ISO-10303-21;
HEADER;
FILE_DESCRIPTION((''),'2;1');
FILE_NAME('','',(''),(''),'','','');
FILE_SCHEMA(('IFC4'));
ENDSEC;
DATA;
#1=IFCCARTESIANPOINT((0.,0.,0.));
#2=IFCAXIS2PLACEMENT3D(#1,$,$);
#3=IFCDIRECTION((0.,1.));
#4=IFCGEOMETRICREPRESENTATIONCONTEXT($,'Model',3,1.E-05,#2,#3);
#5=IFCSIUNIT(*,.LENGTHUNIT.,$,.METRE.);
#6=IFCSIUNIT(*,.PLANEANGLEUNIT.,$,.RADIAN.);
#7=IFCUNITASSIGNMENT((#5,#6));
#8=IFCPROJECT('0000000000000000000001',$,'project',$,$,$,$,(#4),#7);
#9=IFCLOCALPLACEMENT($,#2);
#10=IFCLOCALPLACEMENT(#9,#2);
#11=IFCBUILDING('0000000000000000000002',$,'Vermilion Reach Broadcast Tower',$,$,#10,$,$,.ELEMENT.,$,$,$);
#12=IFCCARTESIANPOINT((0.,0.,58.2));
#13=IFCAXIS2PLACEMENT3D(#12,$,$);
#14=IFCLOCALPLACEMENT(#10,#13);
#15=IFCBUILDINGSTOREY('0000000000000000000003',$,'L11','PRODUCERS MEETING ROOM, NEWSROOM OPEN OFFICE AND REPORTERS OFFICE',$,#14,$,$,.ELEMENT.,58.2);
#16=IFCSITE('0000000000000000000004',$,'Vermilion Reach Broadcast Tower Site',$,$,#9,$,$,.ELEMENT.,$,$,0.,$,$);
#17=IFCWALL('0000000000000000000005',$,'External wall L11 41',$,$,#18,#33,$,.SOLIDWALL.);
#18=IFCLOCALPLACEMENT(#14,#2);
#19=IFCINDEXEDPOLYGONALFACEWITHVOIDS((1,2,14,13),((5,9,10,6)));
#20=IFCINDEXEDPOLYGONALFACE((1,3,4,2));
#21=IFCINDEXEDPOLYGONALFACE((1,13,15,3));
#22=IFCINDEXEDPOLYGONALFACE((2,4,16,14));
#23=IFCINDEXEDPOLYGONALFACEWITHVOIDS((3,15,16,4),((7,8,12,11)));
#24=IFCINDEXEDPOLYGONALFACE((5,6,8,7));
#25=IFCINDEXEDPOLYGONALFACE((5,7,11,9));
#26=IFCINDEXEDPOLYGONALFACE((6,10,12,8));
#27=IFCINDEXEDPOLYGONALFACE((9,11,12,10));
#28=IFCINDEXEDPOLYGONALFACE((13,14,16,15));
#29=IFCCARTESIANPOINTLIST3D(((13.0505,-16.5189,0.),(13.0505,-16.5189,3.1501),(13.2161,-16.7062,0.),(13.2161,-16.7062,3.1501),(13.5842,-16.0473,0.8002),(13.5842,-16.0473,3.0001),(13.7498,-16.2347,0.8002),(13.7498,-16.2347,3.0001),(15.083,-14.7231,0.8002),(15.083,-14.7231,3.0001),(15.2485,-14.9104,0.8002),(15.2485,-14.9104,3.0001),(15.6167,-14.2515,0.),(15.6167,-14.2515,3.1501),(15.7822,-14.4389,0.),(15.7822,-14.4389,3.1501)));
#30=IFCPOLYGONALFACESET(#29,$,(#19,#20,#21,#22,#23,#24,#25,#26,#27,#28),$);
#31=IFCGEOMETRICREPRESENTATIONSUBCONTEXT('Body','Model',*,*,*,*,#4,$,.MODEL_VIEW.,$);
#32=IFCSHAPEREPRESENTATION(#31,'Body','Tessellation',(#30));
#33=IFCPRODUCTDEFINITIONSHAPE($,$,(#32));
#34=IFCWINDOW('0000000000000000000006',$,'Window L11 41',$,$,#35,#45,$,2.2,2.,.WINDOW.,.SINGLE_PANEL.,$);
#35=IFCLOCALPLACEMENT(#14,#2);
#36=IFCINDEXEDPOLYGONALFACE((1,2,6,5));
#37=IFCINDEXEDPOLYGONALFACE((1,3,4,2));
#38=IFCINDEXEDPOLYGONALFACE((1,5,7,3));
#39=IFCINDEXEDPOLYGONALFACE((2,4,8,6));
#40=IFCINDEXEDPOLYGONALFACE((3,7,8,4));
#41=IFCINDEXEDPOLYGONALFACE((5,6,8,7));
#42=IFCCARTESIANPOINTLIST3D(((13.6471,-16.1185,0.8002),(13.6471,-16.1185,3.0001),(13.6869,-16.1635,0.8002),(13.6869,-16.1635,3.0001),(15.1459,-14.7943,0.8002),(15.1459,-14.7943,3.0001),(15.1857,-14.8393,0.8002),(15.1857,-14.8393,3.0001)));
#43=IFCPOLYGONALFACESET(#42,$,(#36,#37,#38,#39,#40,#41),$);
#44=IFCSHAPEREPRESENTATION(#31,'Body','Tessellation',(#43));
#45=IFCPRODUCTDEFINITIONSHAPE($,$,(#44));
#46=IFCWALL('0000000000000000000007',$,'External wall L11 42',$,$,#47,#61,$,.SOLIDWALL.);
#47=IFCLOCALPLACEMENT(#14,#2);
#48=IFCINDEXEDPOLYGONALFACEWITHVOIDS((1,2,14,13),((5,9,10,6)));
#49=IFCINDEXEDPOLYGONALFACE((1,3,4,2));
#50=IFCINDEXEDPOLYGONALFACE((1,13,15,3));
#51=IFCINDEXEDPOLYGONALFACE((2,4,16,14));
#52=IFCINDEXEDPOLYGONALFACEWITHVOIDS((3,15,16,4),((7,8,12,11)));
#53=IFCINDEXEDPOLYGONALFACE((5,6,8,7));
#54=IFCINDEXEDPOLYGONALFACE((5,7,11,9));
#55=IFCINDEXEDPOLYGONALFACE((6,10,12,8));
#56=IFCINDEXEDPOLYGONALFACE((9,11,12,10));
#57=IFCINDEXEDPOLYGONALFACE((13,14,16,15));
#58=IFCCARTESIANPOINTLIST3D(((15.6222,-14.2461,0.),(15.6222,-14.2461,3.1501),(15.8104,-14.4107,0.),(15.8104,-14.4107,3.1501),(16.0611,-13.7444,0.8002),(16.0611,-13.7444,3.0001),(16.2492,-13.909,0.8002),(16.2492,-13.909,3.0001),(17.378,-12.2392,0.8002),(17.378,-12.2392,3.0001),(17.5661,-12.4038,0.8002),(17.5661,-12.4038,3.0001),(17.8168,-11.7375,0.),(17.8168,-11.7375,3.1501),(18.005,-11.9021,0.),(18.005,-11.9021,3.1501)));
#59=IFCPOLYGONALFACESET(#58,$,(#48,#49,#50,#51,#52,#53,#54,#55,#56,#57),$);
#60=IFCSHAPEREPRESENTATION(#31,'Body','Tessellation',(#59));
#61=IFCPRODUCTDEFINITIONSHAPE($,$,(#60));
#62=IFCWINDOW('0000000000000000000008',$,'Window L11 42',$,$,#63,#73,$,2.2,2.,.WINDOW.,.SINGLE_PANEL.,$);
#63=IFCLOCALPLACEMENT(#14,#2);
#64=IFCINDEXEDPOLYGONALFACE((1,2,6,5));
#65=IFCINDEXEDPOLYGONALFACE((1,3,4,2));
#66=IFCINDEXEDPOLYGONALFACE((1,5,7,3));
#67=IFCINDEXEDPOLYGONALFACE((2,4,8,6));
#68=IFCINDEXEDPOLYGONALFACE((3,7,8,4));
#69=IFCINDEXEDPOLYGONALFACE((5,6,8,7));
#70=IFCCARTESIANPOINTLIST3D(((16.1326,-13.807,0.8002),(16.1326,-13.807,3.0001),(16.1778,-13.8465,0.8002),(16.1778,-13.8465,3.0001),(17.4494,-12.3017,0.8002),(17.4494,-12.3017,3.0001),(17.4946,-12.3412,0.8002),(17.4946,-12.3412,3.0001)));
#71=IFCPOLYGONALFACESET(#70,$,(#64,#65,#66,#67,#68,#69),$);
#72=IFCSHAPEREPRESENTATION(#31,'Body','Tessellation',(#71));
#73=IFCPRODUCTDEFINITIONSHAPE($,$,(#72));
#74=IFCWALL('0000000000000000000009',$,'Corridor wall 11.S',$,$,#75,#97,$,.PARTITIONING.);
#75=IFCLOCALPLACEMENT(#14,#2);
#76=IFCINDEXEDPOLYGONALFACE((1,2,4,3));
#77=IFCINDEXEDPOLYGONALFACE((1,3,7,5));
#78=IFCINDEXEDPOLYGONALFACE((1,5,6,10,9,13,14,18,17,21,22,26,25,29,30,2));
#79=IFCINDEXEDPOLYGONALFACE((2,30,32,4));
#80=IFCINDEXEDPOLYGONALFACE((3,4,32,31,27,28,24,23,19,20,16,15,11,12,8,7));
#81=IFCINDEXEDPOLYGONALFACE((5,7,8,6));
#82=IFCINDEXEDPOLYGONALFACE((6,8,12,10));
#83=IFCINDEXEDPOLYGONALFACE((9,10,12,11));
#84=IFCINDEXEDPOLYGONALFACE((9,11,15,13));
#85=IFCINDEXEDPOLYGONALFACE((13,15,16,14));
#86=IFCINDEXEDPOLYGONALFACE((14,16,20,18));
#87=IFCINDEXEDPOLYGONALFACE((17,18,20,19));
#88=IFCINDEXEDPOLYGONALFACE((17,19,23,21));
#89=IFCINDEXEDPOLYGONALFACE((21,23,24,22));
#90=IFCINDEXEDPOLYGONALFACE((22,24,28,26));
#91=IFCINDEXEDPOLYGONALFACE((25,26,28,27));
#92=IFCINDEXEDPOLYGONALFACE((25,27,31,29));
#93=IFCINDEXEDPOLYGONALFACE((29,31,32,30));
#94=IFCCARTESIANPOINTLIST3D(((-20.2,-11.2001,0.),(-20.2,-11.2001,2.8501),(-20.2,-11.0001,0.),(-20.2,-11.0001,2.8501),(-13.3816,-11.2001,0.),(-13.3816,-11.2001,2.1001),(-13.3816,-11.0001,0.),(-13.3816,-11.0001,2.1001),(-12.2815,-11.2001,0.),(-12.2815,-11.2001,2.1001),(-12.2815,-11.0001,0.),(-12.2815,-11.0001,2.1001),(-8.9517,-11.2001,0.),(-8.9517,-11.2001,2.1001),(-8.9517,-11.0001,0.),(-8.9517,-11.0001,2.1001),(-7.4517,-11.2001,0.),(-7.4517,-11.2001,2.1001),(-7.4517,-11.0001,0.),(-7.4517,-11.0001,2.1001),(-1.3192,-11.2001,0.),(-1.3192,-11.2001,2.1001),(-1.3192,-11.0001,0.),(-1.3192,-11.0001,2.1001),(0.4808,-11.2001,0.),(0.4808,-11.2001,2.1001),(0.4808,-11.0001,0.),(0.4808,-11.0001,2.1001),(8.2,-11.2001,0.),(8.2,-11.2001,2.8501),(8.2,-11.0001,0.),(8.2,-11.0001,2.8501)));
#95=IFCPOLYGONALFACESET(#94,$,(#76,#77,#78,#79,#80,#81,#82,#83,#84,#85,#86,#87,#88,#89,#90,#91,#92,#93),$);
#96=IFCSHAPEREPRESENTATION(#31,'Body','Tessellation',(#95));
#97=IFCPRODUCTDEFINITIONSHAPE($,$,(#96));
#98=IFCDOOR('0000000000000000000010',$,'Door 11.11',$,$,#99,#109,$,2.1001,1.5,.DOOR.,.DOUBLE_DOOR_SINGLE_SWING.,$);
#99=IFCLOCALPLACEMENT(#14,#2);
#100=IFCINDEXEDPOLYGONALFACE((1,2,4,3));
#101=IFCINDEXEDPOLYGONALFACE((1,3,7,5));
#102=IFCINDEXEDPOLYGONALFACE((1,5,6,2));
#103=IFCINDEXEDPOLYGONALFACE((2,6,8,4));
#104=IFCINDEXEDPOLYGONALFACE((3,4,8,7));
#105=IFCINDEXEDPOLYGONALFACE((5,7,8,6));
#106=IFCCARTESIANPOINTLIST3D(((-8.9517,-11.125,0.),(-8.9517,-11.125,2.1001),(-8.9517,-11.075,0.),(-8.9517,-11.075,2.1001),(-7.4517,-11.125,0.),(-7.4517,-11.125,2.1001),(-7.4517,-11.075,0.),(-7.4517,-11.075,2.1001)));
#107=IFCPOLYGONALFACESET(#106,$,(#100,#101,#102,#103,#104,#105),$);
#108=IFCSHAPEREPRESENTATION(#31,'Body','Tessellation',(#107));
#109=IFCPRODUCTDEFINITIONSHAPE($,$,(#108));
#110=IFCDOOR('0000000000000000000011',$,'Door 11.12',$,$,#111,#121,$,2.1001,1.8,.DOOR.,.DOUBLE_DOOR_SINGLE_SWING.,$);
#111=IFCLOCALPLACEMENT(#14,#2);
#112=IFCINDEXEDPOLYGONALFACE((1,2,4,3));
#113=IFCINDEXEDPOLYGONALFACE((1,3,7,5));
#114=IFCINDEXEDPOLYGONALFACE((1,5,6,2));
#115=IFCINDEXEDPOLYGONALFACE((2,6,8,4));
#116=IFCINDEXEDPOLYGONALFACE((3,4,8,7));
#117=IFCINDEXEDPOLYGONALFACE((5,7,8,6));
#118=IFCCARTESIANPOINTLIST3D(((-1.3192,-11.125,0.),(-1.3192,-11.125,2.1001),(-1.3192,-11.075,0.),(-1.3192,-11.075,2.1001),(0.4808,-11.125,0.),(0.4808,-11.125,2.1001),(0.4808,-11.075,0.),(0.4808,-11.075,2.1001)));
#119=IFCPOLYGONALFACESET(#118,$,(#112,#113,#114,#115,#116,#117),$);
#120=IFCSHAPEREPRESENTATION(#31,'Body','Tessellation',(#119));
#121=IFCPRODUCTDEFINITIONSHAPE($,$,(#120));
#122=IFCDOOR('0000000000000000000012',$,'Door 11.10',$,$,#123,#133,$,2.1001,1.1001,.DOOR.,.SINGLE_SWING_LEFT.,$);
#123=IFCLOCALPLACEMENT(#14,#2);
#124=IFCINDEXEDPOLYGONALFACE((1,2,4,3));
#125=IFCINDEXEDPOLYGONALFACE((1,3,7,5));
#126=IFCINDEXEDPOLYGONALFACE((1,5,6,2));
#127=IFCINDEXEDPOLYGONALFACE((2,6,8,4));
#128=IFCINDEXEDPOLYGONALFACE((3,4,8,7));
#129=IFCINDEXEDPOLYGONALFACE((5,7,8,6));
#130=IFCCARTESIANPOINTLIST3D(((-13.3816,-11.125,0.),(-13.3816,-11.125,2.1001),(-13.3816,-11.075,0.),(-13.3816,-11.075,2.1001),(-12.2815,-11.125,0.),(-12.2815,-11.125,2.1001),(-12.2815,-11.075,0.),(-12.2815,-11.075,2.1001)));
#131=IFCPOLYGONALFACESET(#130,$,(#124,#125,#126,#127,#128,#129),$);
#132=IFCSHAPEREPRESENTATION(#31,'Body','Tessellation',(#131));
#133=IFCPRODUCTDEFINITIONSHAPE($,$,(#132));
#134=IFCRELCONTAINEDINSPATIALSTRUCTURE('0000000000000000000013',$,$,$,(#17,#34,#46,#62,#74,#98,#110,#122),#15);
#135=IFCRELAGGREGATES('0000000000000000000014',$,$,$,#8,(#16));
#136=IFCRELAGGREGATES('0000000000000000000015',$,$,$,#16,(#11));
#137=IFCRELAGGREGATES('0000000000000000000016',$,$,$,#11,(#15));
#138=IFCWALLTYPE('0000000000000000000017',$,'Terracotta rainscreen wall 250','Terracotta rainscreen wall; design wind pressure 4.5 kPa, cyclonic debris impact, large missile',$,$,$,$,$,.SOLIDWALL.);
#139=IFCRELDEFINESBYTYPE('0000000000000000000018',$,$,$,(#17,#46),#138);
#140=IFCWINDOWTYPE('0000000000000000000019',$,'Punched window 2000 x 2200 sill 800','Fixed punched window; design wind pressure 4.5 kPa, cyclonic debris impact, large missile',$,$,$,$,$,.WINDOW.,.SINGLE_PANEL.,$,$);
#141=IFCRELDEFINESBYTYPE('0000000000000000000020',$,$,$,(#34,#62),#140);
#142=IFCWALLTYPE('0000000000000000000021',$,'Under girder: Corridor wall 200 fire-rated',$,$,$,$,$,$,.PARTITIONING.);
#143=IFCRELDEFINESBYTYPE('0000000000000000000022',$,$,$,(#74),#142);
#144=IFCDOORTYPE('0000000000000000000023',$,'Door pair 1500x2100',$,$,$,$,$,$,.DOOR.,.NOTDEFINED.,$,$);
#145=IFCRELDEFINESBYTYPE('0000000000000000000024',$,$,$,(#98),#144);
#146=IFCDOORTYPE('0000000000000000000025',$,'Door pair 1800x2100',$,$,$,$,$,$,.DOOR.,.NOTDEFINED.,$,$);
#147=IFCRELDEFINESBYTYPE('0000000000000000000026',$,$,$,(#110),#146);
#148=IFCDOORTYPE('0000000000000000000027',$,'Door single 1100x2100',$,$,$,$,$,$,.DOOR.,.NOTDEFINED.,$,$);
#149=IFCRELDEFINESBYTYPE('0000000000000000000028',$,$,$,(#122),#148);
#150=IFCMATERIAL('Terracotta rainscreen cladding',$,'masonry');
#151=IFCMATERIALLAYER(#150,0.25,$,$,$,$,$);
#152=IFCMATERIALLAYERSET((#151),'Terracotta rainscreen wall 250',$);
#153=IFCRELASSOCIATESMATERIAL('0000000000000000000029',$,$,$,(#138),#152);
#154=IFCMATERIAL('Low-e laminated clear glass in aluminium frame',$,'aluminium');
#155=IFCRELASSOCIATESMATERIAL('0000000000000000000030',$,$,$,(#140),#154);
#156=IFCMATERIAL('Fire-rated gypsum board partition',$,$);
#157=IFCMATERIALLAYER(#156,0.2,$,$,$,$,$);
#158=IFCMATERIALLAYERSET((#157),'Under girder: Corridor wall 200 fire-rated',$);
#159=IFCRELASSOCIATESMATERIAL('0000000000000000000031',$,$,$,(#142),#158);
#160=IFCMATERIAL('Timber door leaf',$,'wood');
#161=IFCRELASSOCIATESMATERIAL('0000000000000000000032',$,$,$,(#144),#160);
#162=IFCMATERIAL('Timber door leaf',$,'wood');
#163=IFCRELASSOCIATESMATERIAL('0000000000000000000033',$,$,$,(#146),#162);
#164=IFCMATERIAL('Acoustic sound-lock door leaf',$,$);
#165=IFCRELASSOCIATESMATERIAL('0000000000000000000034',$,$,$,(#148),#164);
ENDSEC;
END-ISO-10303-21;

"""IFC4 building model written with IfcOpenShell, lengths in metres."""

from ifc_helpers import new_model, si_unit, direction, frame, frame_2d, origin, place, context, subcontext, project, spatial, rectangle, extrude, material, layer, layer_set, type_object, element, fill, save


model = new_model("IFC4")

# Units and contexts
model_context = context("Model", 3, precision=1e-05, world=origin(), true_north=direction((0.0, 1.0)))
body_context = subcontext(model_context, "Body", "Model", "MODEL_VIEW")
ifc_project = project(units=[si_unit("LENGTHUNIT", "METRE"), si_unit("PLANEANGLEUNIT", "RADIAN")], contexts=[model_context])

# Site, building, storey
site_placement = place(None, origin())
site = spatial("IfcSite", under=ifc_project, at=site_placement, Name="Vermilion Reach Broadcast Tower Site", CompositionType="ELEMENT", RefElevation=0.0)
building_placement = place(site_placement, origin())
building = spatial("IfcBuilding", under=site, at=building_placement, Name="Vermilion Reach Broadcast Tower", CompositionType="ELEMENT")
storey_placement = place(building_placement, frame((0.0, 0.0, 58.2)))
storey = spatial("IfcBuildingStorey", under=building, at=storey_placement, Name="L11", Description="PRODUCERS MEETING ROOM, NEWSROOM OPEN OFFICE AND REPORTERS OFFICE", CompositionType="ELEMENT", Elevation=58.2)

# Shared definitions
ifc_material_1 = material(Name="Terracotta rainscreen cladding", Category="masonry")
ifc_layer_1 = layer(ifc_material_1, 0.25)
ifc_layer_set_1 = layer_set([ifc_layer_1], Name="Terracotta rainscreen wall 250")
wall_type_1 = type_object("IfcWallType", Name="Terracotta rainscreen wall 250", Description="Terracotta rainscreen wall; design wind pressure 4.5 kPa, cyclonic debris impact, large missile", PredefinedType="SOLIDWALL", material=ifc_layer_set_1)
ifc_material_2 = material(Name="Low-e laminated clear glass in aluminium frame", Category="aluminium")
window_type = type_object("IfcWindowType", Name="Punched window 2000 x 2200 sill 800", Description="Fixed punched window; design wind pressure 4.5 kPa, cyclonic debris impact, large missile", PartitioningType="SINGLE_PANEL", PredefinedType="WINDOW", material=ifc_material_2)

# Walls, openings, windows
wall_1_placement = place(storey_placement, frame((13.1333, -16.6125, 0.0), z_axis=(0.0, 0.0, 1.0), x_axis=(0.749392, 0.662126, 0.0)))
wall_1 = element("IfcWall", 1, at=wall_1_placement, inside=storey, type_object=wall_type_1, Name="External wall L11 41", PredefinedType="SOLIDWALL", context=body_context, shape_type="SweptSolid", body=[
    extrude(rectangle(XDim=3.4243, YDim=0.25, at=frame_2d((1.7122, 0.0))), origin(), (0.0, 0.0, 1.0), 3.1501),
])
opening_1_placement = place(wall_1_placement, frame((0.7122, 0.0, 0.8)))
opening_1 = element("IfcOpeningElement", 2, at=opening_1_placement, cuts=wall_1, PredefinedType="OPENING", context=body_context, shape_type="SweptSolid", body=[
    extrude(rectangle(XDim=2.0, YDim=2.2, at=frame_2d((1.0, 1.1001))), frame((0.0, 0.135, 0.0), z_axis=(0.0, -1.0, 0.0), x_axis=(1.0, 0.0, 0.0)), (0.0, 0.0, 1.0), 0.27),
])
window_1_placement = place(opening_1_placement, origin())
window_1 = element("IfcWindow", 3, at=window_1_placement, inside=storey, type_object=window_type, Name="Window L11 41", OverallHeight=2.2, OverallWidth=2.0, PartitioningType="SINGLE_PANEL", PredefinedType="WINDOW", context=body_context, shape_type="SweptSolid", body=[
    extrude(rectangle(XDim=2.0, YDim=2.2, at=frame_2d((1.0, 1.1001))), frame((0.0, 0.03, 0.0), z_axis=(0.0, -1.0, 0.0), x_axis=(1.0, 0.0, 0.0)), (0.0, 0.0, 1.0), 0.0601),
])
fill(opening_1, window_1)
wall_2_placement = place(storey_placement, frame((15.7163, -14.3284, 0.0), z_axis=(0.0, 0.0, 1.0), x_axis=(0.658437, 0.752636, 0.0)))
wall_2 = element("IfcWall", 4, at=wall_2_placement, inside=storey, type_object=wall_type_1, Name="External wall L11 42", PredefinedType="SOLIDWALL", context=body_context, shape_type="SweptSolid", body=[
    extrude(rectangle(XDim=3.333, YDim=0.25, at=frame_2d((1.6665, 0.0))), origin(), (0.0, 0.0, 1.0), 3.1501),
])
opening_2_placement = place(wall_2_placement, frame((0.6665, 0.0, 0.8)))
opening_2 = element("IfcOpeningElement", 5, at=opening_2_placement, cuts=wall_2, PredefinedType="OPENING", context=body_context, shape_type="SweptSolid", body=[
    extrude(rectangle(XDim=2.0, YDim=2.2, at=frame_2d((1.0, 1.1001))), frame((0.0, 0.135, 0.0), z_axis=(0.0, -1.0, 0.0), x_axis=(1.0, 0.0, 0.0)), (0.0, 0.0, 1.0), 0.27),
])
window_2_placement = place(opening_2_placement, origin())
window_2 = element("IfcWindow", 6, at=window_2_placement, inside=storey, type_object=window_type, Name="Window L11 42", OverallHeight=2.2, OverallWidth=2.0, PartitioningType="SINGLE_PANEL", PredefinedType="WINDOW", context=body_context, shape_type="SweptSolid", body=[
    extrude(rectangle(XDim=2.0, YDim=2.2, at=frame_2d((1.0, 1.1001))), frame((0.0, 0.03, 0.0), z_axis=(0.0, -1.0, 0.0), x_axis=(1.0, 0.0, 0.0)), (0.0, 0.0, 1.0), 0.0601),
])
fill(opening_2, window_2)

# Wall, openings, doors
ifc_material_3 = material(Name="Fire-rated gypsum board partition")
ifc_layer_2 = layer(ifc_material_3, 0.2)
ifc_layer_set_2 = layer_set([ifc_layer_2], Name="Under girder: Corridor wall 200 fire-rated")
wall_type_2 = type_object("IfcWallType", Name="Under girder: Corridor wall 200 fire-rated", PredefinedType="PARTITIONING", material=ifc_layer_set_2)
wall_3_placement = place(storey_placement, frame((8.2, -11.1001, 0.0), z_axis=(0.0, 0.0, 1.0), x_axis=(-1.0, 0.0, 0.0)))
wall_3 = element("IfcWall", 7, at=wall_3_placement, inside=storey, type_object=wall_type_2, Name="Corridor wall 11.S", PredefinedType="PARTITIONING", context=body_context, shape_type="SweptSolid", body=[
    extrude(rectangle(XDim=28.3999, YDim=0.2, at=frame_2d((14.2, 0.0))), origin(), (0.0, 0.0, 1.0), 2.8501),
])
opening_3_placement = place(wall_3_placement, frame((20.4814, 0.0, 0.0)))
opening_3 = element("IfcOpeningElement", 8, at=opening_3_placement, cuts=wall_3, PredefinedType="OPENING", context=body_context, shape_type="SweptSolid", body=[
    extrude(rectangle(XDim=1.1001, YDim=2.1001, at=frame_2d((0.55, 1.05))), frame((0.0, 0.1099, 0.0), z_axis=(0.0, -1.0, 0.0), x_axis=(1.0, 0.0, 0.0)), (0.0, 0.0, 1.0), 0.22),
])
opening_4_placement = place(wall_3_placement, frame((15.6516, 0.0, 0.0)))
opening_4 = element("IfcOpeningElement", 9, at=opening_4_placement, cuts=wall_3, PredefinedType="OPENING", context=body_context, shape_type="SweptSolid", body=[
    extrude(rectangle(XDim=1.5, YDim=2.1001, at=frame_2d((0.75, 1.05))), frame((0.0, 0.1099, 0.0), z_axis=(0.0, -1.0, 0.0), x_axis=(1.0, 0.0, 0.0)), (0.0, 0.0, 1.0), 0.22),
])
opening_5_placement = place(wall_3_placement, frame((7.7192, 0.0, 0.0)))
opening_5 = element("IfcOpeningElement", 10, at=opening_5_placement, cuts=wall_3, PredefinedType="OPENING", context=body_context, shape_type="SweptSolid", body=[
    extrude(rectangle(XDim=1.8, YDim=2.1001, at=frame_2d((0.8999, 1.05))), frame((0.0, 0.1099, 0.0), z_axis=(0.0, -1.0, 0.0), x_axis=(1.0, 0.0, 0.0)), (0.0, 0.0, 1.0), 0.22),
])
ifc_material_4 = material(Name="Timber door leaf", Category="wood")
door_type_1 = type_object("IfcDoorType", Name="Door pair 1500x2100", OperationType="NOTDEFINED", PredefinedType="DOOR", material=ifc_material_4)
door_1_placement = place(opening_4_placement, origin())
door_1 = element("IfcDoor", 11, at=door_1_placement, inside=storey, type_object=door_type_1, Name="Door 11.11", OperationType="DOUBLE_DOOR_SINGLE_SWING", OverallHeight=2.1001, OverallWidth=1.5, PredefinedType="DOOR", context=body_context, shape_type="SweptSolid", body=[
    extrude(rectangle(XDim=1.5, YDim=2.1001, at=frame_2d((0.75, 1.05))), frame((0.0, 0.0249, 0.0), z_axis=(0.0, -1.0, 0.0), x_axis=(1.0, 0.0, 0.0)), (0.0, 0.0, 1.0), 0.05),
])
fill(opening_4, door_1)
ifc_material_5 = material(Name="Timber door leaf", Category="wood")
door_type_2 = type_object("IfcDoorType", Name="Door pair 1800x2100", OperationType="NOTDEFINED", PredefinedType="DOOR", material=ifc_material_5)
door_2_placement = place(opening_5_placement, origin())
door_2 = element("IfcDoor", 12, at=door_2_placement, inside=storey, type_object=door_type_2, Name="Door 11.12", OperationType="DOUBLE_DOOR_SINGLE_SWING", OverallHeight=2.1001, OverallWidth=1.8, PredefinedType="DOOR", context=body_context, shape_type="SweptSolid", body=[
    extrude(rectangle(XDim=1.8, YDim=2.1001, at=frame_2d((0.8999, 1.05))), frame((0.0, 0.0249, 0.0), z_axis=(0.0, -1.0, 0.0), x_axis=(1.0, 0.0, 0.0)), (0.0, 0.0, 1.0), 0.05),
])
fill(opening_5, door_2)
ifc_material_6 = material(Name="Acoustic sound-lock door leaf")
door_type_3 = type_object("IfcDoorType", Name="Door single 1100x2100", OperationType="NOTDEFINED", PredefinedType="DOOR", material=ifc_material_6)
door_3_placement = place(opening_3_placement, origin())
door_3 = element("IfcDoor", 13, at=door_3_placement, inside=storey, type_object=door_type_3, Name="Door 11.10", OperationType="SINGLE_SWING_LEFT", OverallHeight=2.1001, OverallWidth=1.1001, PredefinedType="DOOR", context=body_context, shape_type="SweptSolid", body=[
    extrude(rectangle(XDim=1.1001, YDim=2.1001, at=frame_2d((0.55, 1.05))), frame((0.0, 0.0249, 0.0), z_axis=(0.0, -1.0, 0.0), x_axis=(1.0, 0.0, 0.0)), (0.0, 0.0, 1.0), 0.05),
])
fill(opening_3, door_3)

save(model, "model.ifc")
